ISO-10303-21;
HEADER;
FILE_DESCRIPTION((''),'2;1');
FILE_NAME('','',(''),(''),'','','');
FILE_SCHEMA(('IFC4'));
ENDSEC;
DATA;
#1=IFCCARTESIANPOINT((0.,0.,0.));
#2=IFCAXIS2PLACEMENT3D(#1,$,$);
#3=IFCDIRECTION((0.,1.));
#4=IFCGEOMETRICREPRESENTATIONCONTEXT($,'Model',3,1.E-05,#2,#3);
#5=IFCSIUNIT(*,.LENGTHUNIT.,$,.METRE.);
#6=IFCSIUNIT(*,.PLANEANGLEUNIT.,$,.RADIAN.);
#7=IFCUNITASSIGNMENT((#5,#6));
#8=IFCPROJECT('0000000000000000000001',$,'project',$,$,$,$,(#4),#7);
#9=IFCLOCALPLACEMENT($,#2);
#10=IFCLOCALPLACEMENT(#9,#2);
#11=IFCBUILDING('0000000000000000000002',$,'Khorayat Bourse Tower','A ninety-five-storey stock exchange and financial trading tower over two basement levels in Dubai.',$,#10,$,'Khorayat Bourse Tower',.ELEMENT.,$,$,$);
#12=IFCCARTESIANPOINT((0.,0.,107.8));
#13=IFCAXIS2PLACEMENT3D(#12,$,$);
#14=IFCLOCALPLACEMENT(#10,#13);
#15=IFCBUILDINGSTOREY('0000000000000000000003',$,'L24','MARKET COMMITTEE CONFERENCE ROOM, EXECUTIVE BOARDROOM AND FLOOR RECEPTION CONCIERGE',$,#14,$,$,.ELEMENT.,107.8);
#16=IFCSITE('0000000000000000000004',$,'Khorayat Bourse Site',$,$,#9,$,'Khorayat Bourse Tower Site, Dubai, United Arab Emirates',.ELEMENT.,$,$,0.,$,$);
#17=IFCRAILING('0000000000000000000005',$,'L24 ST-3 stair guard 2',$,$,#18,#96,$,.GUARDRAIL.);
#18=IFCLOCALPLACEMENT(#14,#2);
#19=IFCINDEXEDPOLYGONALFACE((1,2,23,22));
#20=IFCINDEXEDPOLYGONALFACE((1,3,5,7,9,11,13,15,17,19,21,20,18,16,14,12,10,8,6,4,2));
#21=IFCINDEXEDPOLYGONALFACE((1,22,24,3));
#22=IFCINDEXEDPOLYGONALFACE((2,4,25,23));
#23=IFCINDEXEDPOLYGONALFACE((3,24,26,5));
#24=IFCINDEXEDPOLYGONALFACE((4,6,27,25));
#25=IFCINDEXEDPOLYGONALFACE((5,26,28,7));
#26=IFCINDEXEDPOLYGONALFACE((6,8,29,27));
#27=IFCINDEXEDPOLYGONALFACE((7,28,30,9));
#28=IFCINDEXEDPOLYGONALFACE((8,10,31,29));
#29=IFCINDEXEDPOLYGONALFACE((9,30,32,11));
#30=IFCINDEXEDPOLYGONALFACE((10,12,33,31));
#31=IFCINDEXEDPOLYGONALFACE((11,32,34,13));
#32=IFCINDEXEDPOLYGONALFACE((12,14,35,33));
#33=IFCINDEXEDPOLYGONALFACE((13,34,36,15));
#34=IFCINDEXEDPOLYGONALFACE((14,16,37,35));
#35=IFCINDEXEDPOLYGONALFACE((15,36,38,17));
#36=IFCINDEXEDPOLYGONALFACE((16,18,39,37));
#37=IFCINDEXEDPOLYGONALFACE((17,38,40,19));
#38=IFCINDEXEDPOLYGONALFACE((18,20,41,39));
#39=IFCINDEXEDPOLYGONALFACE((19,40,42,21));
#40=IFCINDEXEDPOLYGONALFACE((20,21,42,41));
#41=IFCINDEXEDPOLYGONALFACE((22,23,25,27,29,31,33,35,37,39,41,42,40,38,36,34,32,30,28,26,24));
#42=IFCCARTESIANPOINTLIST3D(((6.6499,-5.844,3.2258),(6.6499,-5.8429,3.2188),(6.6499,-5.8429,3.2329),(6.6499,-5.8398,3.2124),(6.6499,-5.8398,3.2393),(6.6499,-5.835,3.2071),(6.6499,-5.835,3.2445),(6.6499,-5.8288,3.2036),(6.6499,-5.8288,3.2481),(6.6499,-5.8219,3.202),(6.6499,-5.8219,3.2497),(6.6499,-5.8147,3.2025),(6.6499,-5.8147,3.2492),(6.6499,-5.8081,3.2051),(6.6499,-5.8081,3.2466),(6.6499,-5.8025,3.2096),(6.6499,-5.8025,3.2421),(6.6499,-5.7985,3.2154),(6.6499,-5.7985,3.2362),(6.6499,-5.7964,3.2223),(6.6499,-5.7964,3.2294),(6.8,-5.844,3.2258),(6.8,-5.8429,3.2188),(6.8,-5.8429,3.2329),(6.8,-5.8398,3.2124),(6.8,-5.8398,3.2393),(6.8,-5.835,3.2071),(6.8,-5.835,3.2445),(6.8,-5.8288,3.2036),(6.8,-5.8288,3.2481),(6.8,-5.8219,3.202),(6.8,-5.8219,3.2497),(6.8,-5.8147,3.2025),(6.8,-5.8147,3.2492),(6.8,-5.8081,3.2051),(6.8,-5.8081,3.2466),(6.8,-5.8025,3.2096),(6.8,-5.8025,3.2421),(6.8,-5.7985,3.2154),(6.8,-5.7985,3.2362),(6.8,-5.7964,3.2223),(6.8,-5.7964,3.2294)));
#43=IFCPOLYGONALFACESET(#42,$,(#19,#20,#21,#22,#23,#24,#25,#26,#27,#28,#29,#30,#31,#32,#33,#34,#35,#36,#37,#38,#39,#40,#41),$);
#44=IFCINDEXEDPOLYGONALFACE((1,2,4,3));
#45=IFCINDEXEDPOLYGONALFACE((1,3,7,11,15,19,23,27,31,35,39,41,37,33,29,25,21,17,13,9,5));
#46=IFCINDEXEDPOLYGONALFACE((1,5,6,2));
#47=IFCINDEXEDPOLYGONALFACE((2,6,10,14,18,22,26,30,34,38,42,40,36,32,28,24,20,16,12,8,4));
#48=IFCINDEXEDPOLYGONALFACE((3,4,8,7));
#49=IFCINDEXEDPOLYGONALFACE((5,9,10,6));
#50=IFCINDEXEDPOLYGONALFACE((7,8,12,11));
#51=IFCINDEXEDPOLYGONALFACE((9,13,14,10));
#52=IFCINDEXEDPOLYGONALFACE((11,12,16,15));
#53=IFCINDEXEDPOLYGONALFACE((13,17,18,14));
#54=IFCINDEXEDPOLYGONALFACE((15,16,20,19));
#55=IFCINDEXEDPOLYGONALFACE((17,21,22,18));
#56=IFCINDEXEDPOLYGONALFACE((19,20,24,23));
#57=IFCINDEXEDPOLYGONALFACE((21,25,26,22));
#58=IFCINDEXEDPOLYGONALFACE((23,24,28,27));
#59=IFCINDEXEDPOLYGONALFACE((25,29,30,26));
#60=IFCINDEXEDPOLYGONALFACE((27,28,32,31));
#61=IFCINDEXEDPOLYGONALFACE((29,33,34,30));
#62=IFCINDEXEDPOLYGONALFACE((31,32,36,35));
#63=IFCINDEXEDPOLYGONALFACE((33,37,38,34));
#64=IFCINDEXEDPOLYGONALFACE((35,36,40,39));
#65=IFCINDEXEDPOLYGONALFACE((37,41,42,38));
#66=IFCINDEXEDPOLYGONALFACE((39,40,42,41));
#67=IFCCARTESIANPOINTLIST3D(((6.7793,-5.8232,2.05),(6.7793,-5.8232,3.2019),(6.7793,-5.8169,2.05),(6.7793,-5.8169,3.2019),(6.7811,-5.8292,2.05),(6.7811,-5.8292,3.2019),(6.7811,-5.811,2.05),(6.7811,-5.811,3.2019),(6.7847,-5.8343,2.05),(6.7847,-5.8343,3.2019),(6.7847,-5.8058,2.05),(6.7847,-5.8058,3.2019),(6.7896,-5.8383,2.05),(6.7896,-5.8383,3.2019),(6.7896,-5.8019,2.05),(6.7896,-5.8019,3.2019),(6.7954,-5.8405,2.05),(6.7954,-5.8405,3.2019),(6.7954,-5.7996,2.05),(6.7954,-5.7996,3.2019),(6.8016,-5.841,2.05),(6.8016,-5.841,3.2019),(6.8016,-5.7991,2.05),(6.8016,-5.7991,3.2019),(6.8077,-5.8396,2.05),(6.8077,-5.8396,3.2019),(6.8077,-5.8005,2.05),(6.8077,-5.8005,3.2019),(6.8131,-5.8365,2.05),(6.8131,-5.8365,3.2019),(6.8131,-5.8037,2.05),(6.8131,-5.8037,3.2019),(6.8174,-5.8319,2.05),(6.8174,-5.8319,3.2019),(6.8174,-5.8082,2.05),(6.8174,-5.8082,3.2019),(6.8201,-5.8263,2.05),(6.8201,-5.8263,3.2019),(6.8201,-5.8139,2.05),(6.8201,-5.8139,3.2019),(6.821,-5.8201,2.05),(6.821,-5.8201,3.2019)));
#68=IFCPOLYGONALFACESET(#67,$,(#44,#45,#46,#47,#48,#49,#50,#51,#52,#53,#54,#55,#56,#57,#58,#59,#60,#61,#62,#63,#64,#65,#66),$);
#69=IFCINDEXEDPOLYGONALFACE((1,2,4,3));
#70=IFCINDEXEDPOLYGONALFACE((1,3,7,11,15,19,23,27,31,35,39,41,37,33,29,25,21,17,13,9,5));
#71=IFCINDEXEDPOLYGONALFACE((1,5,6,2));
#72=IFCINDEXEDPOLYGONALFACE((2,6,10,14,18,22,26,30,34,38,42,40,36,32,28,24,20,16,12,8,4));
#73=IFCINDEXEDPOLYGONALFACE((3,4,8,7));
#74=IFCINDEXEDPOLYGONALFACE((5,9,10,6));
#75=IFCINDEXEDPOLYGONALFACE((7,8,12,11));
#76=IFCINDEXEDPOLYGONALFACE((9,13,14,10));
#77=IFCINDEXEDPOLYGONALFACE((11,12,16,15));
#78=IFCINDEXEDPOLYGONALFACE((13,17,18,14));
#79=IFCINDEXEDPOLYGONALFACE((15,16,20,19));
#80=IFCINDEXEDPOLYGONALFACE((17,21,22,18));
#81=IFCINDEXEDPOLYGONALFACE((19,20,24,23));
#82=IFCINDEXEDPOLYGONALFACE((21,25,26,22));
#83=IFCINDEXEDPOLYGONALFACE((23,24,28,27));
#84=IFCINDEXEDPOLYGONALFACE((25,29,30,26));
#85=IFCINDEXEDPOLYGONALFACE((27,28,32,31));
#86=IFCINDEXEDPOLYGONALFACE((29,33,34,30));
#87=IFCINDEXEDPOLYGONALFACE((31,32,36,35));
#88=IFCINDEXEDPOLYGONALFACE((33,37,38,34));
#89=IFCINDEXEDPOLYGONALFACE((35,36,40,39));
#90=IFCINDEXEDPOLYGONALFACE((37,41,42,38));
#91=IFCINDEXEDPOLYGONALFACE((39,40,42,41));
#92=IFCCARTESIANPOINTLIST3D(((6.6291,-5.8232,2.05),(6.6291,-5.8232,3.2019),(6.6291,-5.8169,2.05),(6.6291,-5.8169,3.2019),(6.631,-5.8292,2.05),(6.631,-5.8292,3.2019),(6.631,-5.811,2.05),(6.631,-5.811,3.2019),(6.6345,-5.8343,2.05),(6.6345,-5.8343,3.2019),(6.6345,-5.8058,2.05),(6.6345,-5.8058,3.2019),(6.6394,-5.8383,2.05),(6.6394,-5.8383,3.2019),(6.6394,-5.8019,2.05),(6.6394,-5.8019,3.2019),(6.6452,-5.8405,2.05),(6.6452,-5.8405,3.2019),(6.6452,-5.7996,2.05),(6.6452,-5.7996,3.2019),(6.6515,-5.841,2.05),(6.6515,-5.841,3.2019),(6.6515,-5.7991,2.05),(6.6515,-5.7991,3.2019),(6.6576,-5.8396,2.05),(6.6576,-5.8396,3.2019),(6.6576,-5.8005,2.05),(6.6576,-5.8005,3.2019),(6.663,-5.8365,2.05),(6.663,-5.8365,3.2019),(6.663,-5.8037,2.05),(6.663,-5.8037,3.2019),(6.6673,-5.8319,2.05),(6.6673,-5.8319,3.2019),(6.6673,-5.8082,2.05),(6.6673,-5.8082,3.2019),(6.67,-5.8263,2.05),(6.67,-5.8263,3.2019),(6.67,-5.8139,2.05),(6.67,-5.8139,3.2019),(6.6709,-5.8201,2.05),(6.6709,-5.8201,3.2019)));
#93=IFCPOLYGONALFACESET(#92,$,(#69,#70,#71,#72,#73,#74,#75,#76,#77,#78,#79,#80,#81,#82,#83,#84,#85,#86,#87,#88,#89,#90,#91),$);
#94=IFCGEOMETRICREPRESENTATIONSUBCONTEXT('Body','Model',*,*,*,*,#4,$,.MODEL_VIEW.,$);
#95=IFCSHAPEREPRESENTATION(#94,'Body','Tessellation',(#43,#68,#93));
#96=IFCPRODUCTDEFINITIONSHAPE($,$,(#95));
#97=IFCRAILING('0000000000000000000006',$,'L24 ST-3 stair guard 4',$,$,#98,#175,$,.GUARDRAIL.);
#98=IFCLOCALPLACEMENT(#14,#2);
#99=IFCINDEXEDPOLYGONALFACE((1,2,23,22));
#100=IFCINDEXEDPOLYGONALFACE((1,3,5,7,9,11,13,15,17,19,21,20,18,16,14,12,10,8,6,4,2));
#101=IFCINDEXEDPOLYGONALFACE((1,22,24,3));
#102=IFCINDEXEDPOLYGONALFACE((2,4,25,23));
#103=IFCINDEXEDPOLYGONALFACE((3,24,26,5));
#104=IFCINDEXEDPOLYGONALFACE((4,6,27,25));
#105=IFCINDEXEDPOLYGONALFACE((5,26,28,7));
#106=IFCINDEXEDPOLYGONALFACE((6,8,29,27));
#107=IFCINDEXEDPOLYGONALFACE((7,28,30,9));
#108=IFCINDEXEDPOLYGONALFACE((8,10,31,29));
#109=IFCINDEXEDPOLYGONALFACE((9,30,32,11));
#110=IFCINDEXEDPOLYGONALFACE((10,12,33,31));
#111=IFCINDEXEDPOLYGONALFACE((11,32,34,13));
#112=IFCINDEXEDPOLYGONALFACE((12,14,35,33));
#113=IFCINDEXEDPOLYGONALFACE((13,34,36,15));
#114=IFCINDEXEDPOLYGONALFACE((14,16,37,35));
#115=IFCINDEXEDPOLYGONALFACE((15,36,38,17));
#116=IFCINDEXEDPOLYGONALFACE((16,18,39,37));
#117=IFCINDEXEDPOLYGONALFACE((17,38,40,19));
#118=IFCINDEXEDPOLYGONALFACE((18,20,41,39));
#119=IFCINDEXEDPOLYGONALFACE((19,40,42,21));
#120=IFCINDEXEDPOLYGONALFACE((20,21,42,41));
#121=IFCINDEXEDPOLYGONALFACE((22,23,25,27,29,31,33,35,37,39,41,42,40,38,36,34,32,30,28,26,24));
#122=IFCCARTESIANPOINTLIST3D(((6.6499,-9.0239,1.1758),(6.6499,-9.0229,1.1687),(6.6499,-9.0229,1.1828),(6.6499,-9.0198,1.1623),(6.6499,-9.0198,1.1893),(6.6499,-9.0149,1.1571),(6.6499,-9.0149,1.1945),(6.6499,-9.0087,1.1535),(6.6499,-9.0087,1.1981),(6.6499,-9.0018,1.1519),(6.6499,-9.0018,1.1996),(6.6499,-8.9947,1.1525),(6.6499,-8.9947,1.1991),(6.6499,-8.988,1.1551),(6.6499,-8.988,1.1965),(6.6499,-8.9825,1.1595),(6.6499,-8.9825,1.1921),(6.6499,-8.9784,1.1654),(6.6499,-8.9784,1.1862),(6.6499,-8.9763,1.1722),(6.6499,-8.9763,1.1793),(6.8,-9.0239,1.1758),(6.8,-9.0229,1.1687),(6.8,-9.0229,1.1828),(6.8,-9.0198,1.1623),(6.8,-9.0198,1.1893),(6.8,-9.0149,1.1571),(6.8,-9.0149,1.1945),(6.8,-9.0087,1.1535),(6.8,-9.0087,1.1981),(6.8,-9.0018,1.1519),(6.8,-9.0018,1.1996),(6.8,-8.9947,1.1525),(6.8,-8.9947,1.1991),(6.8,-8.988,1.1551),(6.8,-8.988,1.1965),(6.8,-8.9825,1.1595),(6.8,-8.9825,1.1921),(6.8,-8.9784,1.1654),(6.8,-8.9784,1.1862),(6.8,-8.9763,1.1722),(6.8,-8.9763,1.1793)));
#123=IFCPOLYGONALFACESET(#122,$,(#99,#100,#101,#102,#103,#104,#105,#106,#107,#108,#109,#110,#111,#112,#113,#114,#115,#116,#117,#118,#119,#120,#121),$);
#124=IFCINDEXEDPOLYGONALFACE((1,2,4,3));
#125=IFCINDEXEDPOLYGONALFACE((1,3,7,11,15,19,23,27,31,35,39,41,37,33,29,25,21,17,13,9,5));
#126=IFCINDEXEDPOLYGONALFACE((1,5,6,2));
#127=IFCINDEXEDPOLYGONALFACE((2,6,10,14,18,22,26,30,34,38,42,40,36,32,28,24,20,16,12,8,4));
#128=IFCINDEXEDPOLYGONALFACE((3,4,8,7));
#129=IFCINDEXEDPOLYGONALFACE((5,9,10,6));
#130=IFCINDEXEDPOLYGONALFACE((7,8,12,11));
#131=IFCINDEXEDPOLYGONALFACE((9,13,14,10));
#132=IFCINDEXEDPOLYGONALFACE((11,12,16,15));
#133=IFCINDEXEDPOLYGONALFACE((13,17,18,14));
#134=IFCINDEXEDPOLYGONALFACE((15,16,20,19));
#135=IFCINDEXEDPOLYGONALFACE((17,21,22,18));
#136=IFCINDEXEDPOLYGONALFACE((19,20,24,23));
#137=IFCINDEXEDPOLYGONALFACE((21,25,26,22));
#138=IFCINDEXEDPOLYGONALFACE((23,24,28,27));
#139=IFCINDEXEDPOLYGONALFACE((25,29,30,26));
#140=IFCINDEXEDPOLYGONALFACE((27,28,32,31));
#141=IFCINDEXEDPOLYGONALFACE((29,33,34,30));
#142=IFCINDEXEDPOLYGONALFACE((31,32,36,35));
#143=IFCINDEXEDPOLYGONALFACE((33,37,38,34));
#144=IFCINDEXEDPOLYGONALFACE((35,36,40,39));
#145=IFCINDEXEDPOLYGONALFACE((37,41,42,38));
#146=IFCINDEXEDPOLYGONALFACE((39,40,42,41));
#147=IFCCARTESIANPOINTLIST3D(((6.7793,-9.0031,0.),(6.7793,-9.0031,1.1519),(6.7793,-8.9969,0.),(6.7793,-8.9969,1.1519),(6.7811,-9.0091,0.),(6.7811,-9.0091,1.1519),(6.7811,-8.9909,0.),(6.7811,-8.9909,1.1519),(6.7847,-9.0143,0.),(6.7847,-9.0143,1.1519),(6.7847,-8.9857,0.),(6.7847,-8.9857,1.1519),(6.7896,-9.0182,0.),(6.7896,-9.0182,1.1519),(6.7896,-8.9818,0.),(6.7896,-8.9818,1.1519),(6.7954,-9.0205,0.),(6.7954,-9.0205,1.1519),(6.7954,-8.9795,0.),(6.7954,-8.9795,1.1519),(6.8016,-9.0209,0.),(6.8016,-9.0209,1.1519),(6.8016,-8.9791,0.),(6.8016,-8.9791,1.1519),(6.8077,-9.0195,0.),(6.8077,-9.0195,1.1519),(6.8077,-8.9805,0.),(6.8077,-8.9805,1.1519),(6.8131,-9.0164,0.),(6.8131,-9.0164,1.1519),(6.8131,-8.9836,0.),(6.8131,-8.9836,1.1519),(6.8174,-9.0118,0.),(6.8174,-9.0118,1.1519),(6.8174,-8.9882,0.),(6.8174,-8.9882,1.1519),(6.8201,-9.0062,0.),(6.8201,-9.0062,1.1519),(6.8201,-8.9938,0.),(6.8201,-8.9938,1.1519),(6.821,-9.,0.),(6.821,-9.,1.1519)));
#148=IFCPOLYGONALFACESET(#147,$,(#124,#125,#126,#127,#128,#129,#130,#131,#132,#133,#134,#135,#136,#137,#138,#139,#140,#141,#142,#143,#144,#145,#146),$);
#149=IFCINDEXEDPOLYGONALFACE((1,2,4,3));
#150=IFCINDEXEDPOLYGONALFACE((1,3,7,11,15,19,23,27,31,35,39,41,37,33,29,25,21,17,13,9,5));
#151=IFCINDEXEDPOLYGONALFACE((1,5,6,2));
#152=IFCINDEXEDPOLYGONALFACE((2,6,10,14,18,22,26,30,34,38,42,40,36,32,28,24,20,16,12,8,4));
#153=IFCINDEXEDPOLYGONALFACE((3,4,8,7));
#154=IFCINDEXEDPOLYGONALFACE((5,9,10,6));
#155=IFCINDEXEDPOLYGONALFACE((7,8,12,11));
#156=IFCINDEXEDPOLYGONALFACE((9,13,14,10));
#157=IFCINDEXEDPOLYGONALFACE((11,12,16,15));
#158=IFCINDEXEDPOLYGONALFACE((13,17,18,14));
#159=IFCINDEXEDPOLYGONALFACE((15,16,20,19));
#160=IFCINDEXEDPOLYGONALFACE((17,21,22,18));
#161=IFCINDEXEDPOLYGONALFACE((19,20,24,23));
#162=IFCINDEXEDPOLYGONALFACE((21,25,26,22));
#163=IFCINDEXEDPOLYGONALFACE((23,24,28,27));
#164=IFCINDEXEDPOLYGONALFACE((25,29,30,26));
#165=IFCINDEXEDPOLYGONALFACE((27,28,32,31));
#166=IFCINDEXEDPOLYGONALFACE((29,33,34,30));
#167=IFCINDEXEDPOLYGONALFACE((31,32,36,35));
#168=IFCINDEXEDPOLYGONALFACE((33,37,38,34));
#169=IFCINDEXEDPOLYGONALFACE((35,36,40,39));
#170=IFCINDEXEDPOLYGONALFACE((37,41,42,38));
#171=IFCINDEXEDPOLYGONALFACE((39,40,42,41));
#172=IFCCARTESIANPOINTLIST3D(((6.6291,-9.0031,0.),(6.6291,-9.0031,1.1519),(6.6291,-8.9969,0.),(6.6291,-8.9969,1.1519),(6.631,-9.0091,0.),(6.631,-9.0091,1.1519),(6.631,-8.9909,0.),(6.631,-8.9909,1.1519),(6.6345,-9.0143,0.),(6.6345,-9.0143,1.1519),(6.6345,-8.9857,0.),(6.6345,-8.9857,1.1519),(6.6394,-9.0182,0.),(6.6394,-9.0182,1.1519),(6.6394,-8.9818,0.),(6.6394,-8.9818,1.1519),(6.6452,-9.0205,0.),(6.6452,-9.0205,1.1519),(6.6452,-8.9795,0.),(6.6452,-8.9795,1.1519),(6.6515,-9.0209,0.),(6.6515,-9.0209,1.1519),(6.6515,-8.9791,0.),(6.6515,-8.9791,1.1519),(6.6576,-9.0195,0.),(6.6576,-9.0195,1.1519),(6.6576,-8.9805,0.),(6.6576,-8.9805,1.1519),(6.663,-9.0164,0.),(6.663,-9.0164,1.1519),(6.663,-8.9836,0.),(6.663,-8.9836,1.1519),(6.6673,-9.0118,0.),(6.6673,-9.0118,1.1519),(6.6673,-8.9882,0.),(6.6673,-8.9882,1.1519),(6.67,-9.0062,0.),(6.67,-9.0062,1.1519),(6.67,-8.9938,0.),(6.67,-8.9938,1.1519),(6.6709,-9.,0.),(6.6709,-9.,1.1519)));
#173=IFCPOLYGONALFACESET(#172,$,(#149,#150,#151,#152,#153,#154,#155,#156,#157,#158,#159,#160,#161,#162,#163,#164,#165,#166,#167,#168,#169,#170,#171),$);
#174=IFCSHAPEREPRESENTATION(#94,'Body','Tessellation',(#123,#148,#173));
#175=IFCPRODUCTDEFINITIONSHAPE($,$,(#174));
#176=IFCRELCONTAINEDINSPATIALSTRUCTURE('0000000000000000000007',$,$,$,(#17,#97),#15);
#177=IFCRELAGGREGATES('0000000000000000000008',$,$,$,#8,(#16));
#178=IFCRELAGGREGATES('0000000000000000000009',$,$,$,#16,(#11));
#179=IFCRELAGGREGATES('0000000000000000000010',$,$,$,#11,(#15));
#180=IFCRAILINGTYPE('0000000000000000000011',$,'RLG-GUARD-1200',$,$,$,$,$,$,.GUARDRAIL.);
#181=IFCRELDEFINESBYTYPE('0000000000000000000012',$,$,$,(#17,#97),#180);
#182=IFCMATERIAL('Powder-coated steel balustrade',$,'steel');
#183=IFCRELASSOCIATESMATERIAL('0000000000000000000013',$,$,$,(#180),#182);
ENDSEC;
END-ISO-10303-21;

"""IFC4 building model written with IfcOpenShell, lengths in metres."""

from ifc_helpers import new_model, si_unit, direction, frame, origin, origin_2d, place, context, subcontext, project, spatial, circle, extrude, source, transform, mapped, material, type_object, element, save


model = new_model("IFC4")

# Units and contexts
model_context = context("Model", 3, precision=1e-05, world=origin(), true_north=direction((0.0, 1.0)))
body_context = subcontext(model_context, "Body", "Model", "MODEL_VIEW")
ifc_project = project(units=[si_unit("LENGTHUNIT", "METRE"), si_unit("PLANEANGLEUNIT", "RADIAN")], contexts=[model_context])

# Site, building, storey
site_placement = place(None, origin())
site = spatial("IfcSite", under=ifc_project, at=site_placement, Name="Khorayat Bourse Site", LongName="Khorayat Bourse Tower Site, Dubai, United Arab Emirates", CompositionType="ELEMENT", RefElevation=0.0)
building_placement = place(site_placement, origin())
building = spatial("IfcBuilding", under=site, at=building_placement, Name="Khorayat Bourse Tower", Description="A ninety-five-storey stock exchange and financial trading tower over two basement levels in Dubai.", LongName="Khorayat Bourse Tower", CompositionType="ELEMENT")
storey_placement = place(building_placement, frame((0.0, 0.0, 107.8)))
storey = spatial("IfcBuildingStorey", under=building, at=storey_placement, Name="L24", Description="MARKET COMMITTEE CONFERENCE ROOM, EXECUTIVE BOARDROOM AND FLOOR RECEPTION CONCIERGE", CompositionType="ELEMENT", Elevation=107.8)

# Railings
ifc_material_1 = material(Name="Powder-coated steel balustrade", Category="steel")
railing_type_1 = type_object("IfcRailingType", Name="RLG-GUARD-1200", PredefinedType="GUARDRAIL", material=ifc_material_1)
shared_shape_1 = source(origin(), body_context, "Body", "SweptSolid", [
    extrude(circle(Radius=0.0239, at=origin_2d()), frame((0.0, 0.0, 1.1758), z_axis=(-1.0, 0.0, 0.0), x_axis=(0.0, -1.0, 0.0)), (0.0, 0.0, 1.0), 0.1501),
    extrude(circle(Radius=0.021, at=origin_2d()), origin(), (0.0, 0.0, 1.0), 1.1519),
    extrude(circle(Radius=0.021, at=origin_2d()), frame((-0.1501, 0.0, 0.0)), (0.0, 0.0, 1.0), 1.1519),
])
for number, where, name in (
    (1, (6.8, -5.8201, 2.05), "L24 ST-3 stair guard 2"),
    (2, (6.8, -9.0, 0.0), "L24 ST-3 stair guard 4"),
):
    element("IfcRailing", number, at=place(storey_placement, frame(where)), inside=storey, type_object=railing_type_1, Name=name, PredefinedType="GUARDRAIL", context=body_context, shape_type="MappedRepresentation", body=[
        mapped(shared_shape_1, transform((0.0, 0.0, 0.0), scale=1.0)),
    ])

save(model, "model.ifc")
